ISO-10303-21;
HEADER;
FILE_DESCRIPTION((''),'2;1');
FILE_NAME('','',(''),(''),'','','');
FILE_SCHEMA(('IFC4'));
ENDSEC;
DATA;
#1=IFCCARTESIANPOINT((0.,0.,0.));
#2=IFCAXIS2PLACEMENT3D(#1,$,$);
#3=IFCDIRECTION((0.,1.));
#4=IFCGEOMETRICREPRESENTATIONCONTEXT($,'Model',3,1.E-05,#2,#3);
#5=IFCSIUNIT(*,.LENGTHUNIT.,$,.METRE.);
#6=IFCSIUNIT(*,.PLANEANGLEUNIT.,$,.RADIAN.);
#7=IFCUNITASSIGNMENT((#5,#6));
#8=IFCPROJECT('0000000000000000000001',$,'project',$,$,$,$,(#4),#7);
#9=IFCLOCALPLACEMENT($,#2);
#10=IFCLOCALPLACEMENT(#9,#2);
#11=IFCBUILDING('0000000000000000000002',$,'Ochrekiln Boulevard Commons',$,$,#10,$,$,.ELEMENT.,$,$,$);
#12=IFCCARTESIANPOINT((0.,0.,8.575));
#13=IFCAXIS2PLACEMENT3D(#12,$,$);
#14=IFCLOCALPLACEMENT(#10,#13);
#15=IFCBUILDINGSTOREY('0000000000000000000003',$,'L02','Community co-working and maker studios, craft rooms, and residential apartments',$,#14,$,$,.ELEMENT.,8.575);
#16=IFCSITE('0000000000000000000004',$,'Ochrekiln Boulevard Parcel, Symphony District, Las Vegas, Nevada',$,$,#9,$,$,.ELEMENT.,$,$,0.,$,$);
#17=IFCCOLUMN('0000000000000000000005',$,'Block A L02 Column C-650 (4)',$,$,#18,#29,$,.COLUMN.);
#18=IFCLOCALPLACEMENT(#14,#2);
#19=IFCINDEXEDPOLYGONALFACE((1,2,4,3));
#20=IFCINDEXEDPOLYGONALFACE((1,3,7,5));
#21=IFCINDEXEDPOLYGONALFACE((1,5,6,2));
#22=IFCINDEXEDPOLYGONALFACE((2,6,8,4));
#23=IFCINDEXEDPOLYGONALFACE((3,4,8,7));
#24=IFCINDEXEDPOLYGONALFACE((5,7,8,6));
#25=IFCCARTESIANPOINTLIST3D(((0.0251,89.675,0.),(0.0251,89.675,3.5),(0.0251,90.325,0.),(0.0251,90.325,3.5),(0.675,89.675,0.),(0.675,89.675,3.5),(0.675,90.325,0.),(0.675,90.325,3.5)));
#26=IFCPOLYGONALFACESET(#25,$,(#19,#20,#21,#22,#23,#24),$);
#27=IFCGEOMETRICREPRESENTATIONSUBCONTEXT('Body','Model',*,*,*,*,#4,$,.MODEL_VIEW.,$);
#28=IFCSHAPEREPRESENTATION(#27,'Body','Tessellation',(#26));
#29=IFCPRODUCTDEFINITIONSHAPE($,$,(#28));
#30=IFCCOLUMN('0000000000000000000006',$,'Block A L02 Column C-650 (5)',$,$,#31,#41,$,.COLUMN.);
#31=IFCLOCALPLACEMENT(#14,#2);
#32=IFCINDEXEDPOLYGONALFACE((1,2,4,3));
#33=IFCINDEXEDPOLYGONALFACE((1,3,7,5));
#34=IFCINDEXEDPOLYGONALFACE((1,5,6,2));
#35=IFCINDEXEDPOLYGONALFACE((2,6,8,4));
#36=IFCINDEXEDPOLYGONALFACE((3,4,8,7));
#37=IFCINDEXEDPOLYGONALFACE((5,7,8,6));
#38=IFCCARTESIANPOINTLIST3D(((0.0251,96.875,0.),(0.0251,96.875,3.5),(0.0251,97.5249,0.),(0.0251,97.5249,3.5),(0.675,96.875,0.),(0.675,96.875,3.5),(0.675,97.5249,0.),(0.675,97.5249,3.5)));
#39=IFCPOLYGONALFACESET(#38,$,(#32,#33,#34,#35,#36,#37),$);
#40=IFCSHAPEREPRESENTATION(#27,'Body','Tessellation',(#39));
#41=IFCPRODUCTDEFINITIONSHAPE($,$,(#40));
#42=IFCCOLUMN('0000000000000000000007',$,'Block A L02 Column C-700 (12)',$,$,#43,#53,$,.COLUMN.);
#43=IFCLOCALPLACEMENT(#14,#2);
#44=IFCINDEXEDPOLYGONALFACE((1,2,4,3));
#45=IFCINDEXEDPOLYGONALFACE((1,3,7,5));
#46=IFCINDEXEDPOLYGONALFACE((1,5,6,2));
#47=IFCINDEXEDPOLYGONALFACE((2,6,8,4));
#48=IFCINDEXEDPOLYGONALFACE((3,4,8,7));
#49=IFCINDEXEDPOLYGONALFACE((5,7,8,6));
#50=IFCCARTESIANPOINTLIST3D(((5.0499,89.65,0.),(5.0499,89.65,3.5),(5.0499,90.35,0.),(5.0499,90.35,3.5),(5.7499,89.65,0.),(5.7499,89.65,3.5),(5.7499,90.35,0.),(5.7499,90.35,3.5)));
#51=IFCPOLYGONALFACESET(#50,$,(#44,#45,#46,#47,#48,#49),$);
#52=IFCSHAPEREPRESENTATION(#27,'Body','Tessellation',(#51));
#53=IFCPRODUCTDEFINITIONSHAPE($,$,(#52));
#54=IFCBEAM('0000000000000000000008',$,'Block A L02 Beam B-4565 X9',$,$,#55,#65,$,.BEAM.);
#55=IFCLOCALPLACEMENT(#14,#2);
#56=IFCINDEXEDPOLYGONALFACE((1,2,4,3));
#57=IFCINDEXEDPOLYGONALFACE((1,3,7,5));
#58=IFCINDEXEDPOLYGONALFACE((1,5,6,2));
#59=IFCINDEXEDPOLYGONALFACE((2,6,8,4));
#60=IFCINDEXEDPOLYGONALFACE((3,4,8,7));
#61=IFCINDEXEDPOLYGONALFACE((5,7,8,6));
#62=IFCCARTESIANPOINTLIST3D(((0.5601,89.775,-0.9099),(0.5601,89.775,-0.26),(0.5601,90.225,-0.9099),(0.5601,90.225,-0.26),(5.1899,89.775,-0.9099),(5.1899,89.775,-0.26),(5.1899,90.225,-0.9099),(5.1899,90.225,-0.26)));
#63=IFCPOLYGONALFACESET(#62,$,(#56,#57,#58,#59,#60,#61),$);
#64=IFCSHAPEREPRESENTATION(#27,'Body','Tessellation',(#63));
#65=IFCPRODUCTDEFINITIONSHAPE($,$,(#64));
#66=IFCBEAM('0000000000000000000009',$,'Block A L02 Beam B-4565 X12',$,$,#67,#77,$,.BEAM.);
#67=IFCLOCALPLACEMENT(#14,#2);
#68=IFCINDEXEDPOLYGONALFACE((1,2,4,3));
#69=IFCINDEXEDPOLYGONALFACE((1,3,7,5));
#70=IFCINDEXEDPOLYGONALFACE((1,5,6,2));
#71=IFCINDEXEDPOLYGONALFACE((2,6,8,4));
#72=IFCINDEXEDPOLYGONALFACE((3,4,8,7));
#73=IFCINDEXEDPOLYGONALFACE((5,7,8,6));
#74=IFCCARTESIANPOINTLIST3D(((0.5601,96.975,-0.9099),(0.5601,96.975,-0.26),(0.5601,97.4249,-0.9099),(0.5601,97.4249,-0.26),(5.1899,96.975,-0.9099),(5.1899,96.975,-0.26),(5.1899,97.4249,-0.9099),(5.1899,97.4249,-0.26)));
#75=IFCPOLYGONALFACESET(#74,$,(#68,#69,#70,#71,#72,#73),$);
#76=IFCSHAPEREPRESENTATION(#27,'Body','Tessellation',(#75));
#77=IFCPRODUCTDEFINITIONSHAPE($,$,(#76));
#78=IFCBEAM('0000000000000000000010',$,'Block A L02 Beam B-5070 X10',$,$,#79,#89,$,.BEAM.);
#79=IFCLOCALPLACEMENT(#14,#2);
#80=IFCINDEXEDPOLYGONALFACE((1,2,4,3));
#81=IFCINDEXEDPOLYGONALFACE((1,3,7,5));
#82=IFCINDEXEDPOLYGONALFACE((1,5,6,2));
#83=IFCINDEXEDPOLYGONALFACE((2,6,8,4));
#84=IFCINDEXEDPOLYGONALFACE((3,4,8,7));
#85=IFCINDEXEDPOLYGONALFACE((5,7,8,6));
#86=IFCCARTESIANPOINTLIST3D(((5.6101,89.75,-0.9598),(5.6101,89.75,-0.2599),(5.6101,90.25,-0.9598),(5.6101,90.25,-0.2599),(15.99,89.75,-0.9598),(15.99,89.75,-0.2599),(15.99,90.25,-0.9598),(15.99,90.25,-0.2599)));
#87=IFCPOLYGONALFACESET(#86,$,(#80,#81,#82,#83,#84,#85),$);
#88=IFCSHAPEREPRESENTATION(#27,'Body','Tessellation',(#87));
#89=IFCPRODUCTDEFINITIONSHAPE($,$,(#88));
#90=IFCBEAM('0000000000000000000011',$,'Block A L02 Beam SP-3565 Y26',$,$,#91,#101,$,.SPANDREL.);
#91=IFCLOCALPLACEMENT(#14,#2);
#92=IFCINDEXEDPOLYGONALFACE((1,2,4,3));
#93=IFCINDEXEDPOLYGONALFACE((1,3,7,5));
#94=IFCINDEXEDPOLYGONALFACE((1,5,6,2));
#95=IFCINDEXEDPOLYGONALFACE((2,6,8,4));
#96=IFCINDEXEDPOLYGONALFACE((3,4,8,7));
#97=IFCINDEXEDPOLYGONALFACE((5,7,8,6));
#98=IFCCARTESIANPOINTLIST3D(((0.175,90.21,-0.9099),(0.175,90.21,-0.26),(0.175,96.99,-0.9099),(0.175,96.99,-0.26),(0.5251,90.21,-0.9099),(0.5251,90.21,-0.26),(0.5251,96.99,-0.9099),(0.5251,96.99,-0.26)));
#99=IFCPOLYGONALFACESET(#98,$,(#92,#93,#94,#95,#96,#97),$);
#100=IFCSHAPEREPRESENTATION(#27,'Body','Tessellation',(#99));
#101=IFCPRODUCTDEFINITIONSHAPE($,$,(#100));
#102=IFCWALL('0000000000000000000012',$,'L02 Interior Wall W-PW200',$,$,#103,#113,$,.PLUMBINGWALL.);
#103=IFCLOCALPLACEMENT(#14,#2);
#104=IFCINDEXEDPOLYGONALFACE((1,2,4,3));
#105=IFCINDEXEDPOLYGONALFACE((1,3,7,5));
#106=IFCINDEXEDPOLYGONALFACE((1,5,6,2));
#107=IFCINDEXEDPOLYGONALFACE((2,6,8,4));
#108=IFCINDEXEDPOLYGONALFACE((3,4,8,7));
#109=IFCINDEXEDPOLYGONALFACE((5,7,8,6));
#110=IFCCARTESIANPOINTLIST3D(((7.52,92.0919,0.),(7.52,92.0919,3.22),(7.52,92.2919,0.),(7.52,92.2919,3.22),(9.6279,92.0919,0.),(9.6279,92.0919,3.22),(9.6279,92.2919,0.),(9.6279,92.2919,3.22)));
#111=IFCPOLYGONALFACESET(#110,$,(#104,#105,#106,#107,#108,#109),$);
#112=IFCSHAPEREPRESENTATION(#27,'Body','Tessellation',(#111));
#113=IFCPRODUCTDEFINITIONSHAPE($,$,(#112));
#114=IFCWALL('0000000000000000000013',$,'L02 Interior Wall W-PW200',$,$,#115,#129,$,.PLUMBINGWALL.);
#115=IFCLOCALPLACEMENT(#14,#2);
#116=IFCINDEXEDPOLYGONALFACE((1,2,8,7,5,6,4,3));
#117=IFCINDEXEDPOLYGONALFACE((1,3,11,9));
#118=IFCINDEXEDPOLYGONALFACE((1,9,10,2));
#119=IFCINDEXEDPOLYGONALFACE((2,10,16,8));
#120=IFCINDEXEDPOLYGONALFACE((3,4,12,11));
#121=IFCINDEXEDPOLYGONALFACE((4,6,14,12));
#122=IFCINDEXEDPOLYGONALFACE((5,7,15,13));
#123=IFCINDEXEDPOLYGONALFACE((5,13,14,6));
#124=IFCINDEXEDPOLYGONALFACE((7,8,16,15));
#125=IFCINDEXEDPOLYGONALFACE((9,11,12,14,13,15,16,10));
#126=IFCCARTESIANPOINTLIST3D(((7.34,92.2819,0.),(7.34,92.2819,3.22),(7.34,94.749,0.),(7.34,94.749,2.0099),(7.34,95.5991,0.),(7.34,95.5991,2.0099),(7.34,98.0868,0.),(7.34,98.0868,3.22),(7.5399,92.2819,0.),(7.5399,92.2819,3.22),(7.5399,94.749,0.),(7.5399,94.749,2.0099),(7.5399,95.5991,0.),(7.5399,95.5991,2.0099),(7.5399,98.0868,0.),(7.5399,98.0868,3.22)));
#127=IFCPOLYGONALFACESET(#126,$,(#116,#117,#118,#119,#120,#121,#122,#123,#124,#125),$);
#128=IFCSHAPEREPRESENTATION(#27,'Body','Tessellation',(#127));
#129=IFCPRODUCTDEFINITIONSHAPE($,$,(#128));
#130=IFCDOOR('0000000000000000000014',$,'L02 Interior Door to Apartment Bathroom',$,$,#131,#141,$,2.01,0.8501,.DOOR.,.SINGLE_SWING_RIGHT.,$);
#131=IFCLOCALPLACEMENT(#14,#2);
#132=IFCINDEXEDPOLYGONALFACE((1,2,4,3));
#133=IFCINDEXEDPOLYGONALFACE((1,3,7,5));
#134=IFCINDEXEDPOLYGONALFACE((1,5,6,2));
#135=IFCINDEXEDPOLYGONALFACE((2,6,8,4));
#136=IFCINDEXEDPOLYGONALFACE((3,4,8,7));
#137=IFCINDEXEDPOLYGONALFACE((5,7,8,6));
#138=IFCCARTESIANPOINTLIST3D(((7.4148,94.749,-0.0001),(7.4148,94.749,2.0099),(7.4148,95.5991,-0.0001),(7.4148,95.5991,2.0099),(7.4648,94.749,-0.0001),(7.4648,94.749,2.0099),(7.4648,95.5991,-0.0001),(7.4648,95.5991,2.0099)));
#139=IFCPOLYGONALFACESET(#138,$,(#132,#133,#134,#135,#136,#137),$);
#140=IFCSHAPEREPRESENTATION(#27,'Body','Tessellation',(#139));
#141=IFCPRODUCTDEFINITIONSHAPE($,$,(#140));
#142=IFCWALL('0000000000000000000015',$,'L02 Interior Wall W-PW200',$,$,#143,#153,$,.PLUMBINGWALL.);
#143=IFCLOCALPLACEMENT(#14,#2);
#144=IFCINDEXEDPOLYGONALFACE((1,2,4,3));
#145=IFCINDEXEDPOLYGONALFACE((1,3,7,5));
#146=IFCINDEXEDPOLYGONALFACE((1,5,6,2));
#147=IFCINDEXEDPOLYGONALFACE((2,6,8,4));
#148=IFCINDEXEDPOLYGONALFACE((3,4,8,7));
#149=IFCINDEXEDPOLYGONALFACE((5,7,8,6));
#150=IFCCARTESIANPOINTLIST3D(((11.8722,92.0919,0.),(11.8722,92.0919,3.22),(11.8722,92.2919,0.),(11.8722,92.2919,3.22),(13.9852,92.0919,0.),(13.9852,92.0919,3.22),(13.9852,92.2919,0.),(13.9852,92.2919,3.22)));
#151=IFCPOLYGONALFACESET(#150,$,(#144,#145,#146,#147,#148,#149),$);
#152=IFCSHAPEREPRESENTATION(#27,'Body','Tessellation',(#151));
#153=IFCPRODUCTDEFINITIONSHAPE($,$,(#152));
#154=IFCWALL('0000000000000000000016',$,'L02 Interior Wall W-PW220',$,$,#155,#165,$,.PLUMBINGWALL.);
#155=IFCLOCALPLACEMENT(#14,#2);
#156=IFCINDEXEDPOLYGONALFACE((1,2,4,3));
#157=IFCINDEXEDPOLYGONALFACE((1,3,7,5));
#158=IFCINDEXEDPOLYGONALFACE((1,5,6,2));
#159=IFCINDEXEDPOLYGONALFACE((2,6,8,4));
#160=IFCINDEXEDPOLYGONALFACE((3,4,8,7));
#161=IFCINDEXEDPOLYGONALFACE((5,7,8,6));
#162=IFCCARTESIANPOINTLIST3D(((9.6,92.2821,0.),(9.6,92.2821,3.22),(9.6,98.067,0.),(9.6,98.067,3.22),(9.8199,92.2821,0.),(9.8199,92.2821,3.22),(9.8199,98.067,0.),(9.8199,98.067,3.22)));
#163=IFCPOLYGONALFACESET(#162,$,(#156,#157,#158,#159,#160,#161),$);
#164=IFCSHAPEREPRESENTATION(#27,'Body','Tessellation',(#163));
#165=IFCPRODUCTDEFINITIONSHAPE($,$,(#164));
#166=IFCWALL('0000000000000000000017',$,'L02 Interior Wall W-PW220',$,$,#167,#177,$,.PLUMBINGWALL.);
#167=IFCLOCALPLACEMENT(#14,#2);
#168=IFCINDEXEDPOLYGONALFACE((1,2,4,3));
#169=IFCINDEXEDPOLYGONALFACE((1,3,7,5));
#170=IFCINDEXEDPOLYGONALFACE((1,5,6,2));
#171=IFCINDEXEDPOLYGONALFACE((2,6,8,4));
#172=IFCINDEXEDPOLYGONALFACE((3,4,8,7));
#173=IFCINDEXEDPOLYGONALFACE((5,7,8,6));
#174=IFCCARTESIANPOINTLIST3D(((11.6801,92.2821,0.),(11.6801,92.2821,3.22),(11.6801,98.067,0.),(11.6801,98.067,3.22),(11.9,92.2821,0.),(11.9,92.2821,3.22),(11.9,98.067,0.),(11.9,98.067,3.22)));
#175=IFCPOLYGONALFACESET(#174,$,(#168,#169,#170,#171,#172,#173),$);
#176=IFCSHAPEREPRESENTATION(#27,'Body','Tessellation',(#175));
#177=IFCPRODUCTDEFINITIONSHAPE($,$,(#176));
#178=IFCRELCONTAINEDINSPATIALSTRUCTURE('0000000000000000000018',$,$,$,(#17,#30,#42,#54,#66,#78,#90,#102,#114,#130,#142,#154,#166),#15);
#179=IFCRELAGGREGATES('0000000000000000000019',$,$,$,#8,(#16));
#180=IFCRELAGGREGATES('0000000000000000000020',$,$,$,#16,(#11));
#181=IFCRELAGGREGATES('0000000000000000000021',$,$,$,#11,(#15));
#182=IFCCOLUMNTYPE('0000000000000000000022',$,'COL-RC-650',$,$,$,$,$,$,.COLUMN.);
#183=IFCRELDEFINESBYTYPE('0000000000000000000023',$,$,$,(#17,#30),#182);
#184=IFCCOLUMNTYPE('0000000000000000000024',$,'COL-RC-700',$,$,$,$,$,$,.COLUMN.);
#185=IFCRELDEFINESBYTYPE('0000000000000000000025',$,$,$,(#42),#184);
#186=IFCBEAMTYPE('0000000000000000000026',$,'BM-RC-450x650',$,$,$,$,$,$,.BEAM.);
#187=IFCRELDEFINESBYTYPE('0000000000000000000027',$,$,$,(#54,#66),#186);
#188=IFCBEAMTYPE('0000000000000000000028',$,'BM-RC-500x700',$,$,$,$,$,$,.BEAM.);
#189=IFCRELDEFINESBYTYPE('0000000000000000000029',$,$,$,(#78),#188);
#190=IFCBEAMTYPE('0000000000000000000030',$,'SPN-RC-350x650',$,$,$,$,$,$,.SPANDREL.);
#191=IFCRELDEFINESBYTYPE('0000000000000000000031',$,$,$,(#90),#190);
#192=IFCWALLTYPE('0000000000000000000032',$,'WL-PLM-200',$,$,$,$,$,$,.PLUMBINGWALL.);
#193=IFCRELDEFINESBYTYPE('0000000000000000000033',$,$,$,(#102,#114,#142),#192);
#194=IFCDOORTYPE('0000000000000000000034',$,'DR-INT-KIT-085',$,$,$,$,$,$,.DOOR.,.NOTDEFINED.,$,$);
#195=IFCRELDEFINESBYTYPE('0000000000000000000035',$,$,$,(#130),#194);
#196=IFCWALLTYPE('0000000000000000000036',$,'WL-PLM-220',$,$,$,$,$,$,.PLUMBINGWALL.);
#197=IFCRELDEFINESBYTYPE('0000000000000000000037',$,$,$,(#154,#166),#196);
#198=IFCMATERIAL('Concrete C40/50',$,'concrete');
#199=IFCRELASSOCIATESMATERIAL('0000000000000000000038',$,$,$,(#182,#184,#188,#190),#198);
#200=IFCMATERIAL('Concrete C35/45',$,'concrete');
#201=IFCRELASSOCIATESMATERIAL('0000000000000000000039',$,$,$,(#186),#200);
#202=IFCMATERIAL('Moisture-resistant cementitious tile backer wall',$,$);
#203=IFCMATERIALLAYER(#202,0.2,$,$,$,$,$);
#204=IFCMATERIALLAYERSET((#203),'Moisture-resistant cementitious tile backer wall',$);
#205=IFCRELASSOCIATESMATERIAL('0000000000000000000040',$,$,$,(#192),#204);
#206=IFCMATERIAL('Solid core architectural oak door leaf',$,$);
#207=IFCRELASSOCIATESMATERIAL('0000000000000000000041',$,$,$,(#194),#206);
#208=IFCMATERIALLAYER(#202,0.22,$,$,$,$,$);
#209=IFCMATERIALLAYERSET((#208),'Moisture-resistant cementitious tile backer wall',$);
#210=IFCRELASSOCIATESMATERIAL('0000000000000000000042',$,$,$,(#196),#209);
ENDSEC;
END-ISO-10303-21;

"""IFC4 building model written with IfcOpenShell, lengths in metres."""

from ifc_helpers import new_model, si_unit, direction, frame, frame_2d, origin, origin_2d, place, context, subcontext, project, spatial, rectangle, extrude, material, layer, layer_set, material_profile, profile_set, type_object, element, fill, save


model = new_model("IFC4")

# Units and contexts
model_context = context("Model", 3, precision=1e-05, world=origin(), true_north=direction((0.0, 1.0)))
body_context = subcontext(model_context, "Body", "Model", "MODEL_VIEW")
ifc_project = project(units=[si_unit("LENGTHUNIT", "METRE"), si_unit("PLANEANGLEUNIT", "RADIAN")], contexts=[model_context])

# Site, building, storey
site_placement = place(None, origin())
site = spatial("IfcSite", under=ifc_project, at=site_placement, Name="Ochrekiln Boulevard Parcel, Symphony District, Las Vegas, Nevada", CompositionType="ELEMENT", RefElevation=0.0)
building_placement = place(site_placement, origin())
building = spatial("IfcBuilding", under=site, at=building_placement, Name="Ochrekiln Boulevard Commons", CompositionType="ELEMENT")
storey_placement = place(building_placement, frame((0.0, 0.0, 8.575)))
storey = spatial("IfcBuildingStorey", under=building, at=storey_placement, Name="L02", Description="Community co-working and maker studios, craft rooms, and residential apartments", CompositionType="ELEMENT", Elevation=8.575)

# Columns
ifc_material_1 = material(Name="Concrete C40/50", Category="concrete")
ifc_material_profile_1 = material_profile(ifc_material_1, rectangle(XDim=0.6499, YDim=0.6499, at=origin_2d()), Name="RC-COL-650x650")
ifc_profile_set_1 = profile_set([ifc_material_profile_1], Name="Concrete C40/50")
column_type_1 = type_object("IfcColumnType", Name="COL-RC-650", PredefinedType="COLUMN", material=ifc_profile_set_1)
for number, where, z_axis, x_axis, name in (
    (1, (0.3501, 90.0, 0.0), (0.0, 0.0, 1.0), (1.0, 0.0, 0.0), "Block A L02 Column C-650 (4)"),
    (2, (0.3501, 97.2, 0.0), (0.0, 0.0, 1.0), (1.0, 0.0, 0.0), "Block A L02 Column C-650 (5)"),
):
    element("IfcColumn", number, at=place(storey_placement, frame(where, z_axis=z_axis, x_axis=x_axis)), inside=storey, type_object=column_type_1, Name=name, PredefinedType="COLUMN", context=body_context, shape_type="SweptSolid", body=[
        extrude(rectangle(XDim=0.6499, YDim=0.6499, at=origin_2d()), origin(), (0.0, 0.0, 1.0), 3.5),
    ])
ifc_material_profile_2 = material_profile(ifc_material_1, rectangle(XDim=0.7, YDim=0.7, at=origin_2d()), Name="RC-COL-700x700")
ifc_profile_set_2 = profile_set([ifc_material_profile_2], Name="Concrete C40/50")
column_type_2 = type_object("IfcColumnType", Name="COL-RC-700", PredefinedType="COLUMN", material=ifc_profile_set_2)
column_placement = place(storey_placement, frame((5.3999, 90.0, 0.0), z_axis=(0.0, 0.0, 1.0), x_axis=(1.0, 0.0, 0.0)))
element("IfcColumn", 3, at=column_placement, inside=storey, type_object=column_type_2, Name="Block A L02 Column C-700 (12)", PredefinedType="COLUMN", context=body_context, shape_type="SweptSolid", body=[
    extrude(rectangle(XDim=0.7, YDim=0.7, at=origin_2d()), origin(), (0.0, 0.0, 1.0), 3.5),
])

# Beams
ifc_material_2 = material(Name="Concrete C35/45", Category="concrete")
ifc_material_profile_3 = material_profile(ifc_material_2, rectangle(XDim=0.45, YDim=0.6499, at=origin_2d()), Name="RC-BM-450x650")
ifc_profile_set_3 = profile_set([ifc_material_profile_3], Name="Concrete C35/45")
beam_type_1 = type_object("IfcBeamType", Name="BM-RC-450x650", PredefinedType="BEAM", material=ifc_profile_set_3)
for number, where, z_axis, x_axis, name in (
    (4, (0.5601, 90.0, -0.585), (1.0, 0.0, 0.0), (0.0, 1.0, 0.0), "Block A L02 Beam B-4565 X9"),
    (5, (0.5601, 97.2, -0.585), (1.0, 0.0, 0.0), (0.0, 1.0, 0.0), "Block A L02 Beam B-4565 X12"),
):
    element("IfcBeam", number, at=place(storey_placement, frame(where, z_axis=z_axis, x_axis=x_axis)), inside=storey, type_object=beam_type_1, Name=name, PredefinedType="BEAM", context=body_context, shape_type="SweptSolid", body=[
        extrude(rectangle(XDim=0.45, YDim=0.6499, at=origin_2d()), origin(), (0.0, 0.0, 1.0), 4.6299),
    ])
ifc_material_profile_4 = material_profile(ifc_material_1, rectangle(XDim=0.5, YDim=0.7, at=origin_2d()), Name="RC-BM-500x700")
ifc_profile_set_4 = profile_set([ifc_material_profile_4], Name="Concrete C40/50")
beam_type_2 = type_object("IfcBeamType", Name="BM-RC-500x700", PredefinedType="BEAM", material=ifc_profile_set_4)
beam_1_placement = place(storey_placement, frame((5.6101, 90.0, -0.6099), z_axis=(1.0, 0.0, 0.0), x_axis=(0.0, 1.0, 0.0)))
element("IfcBeam", 6, at=beam_1_placement, inside=storey, type_object=beam_type_2, Name="Block A L02 Beam B-5070 X10", PredefinedType="BEAM", context=body_context, shape_type="SweptSolid", body=[
    extrude(rectangle(XDim=0.5, YDim=0.7, at=origin_2d()), origin(), (0.0, 0.0, 1.0), 10.3799),
])
ifc_material_profile_5 = material_profile(ifc_material_1, rectangle(XDim=0.3501, YDim=0.6499, at=origin_2d()), Name="RC-SPN-350x650")
ifc_profile_set_5 = profile_set([ifc_material_profile_5], Name="Concrete C40/50")
beam_type_3 = type_object("IfcBeamType", Name="SPN-RC-350x650", PredefinedType="SPANDREL", material=ifc_profile_set_5)
beam_2_placement = place(storey_placement, frame((0.3501, 90.21, -0.585), z_axis=(0.0, 1.0, 0.0), x_axis=(-1.0, 0.0, 0.0)))
element("IfcBeam", 7, at=beam_2_placement, inside=storey, type_object=beam_type_3, Name="Block A L02 Beam SP-3565 Y26", PredefinedType="SPANDREL", context=body_context, shape_type="SweptSolid", body=[
    extrude(rectangle(XDim=0.3501, YDim=0.6499, at=origin_2d()), origin(), (0.0, 0.0, 1.0), 6.78),
])

# Wall
ifc_material_3 = material(Name="Moisture-resistant cementitious tile backer wall")
ifc_layer_1 = layer(ifc_material_3, 0.2)
ifc_layer_set_1 = layer_set([ifc_layer_1], Name="Moisture-resistant cementitious tile backer wall")
wall_type_1 = type_object("IfcWallType", Name="WL-PLM-200", PredefinedType="PLUMBINGWALL", material=ifc_layer_set_1)
wall_1_placement = place(storey_placement, frame((7.52, 92.1919, 0.0), z_axis=(0.0, 0.0, 1.0), x_axis=(1.0, 0.0, 0.0)))
element("IfcWall", 8, at=wall_1_placement, inside=storey, type_object=wall_type_1, Name="L02 Interior Wall W-PW200", PredefinedType="PLUMBINGWALL", context=body_context, shape_type="SweptSolid", body=[
    extrude(rectangle(XDim=2.1079, YDim=0.2, at=frame_2d((1.054, 0.0))), origin(), (0.0, 0.0, 1.0), 3.22),
])

# Wall, opening, door
wall_2_placement = place(storey_placement, frame((7.4399, 92.282, 0.0), z_axis=(0.0, 0.0, 1.0), x_axis=(0.0, 1.0, 0.0)))
wall_2 = element("IfcWall", 9, at=wall_2_placement, inside=storey, type_object=wall_type_1, Name="L02 Interior Wall W-PW200", PredefinedType="PLUMBINGWALL", context=body_context, shape_type="SweptSolid", body=[
    extrude(rectangle(XDim=5.8049, YDim=0.2, at=frame_2d((2.9023, 0.0))), origin(), (0.0, 0.0, 1.0), 3.22),
])
opening_1_placement = place(wall_2_placement, frame((2.467, 0.0, 0.0)))
opening_1 = element("IfcOpeningElement", 10, at=opening_1_placement, cuts=wall_2, PredefinedType="OPENING", context=body_context, shape_type="SweptSolid", body=[
    extrude(rectangle(XDim=0.8501, YDim=2.01, at=frame_2d((0.425, 1.0049))), frame((0.0, 0.1099, 0.0), z_axis=(0.0, -1.0, 0.0), x_axis=(1.0, 0.0, 0.0)), (0.0, 0.0, 1.0), 0.22),
])
ifc_material_4 = material(Name="Solid core architectural oak door leaf")
door_type_1 = type_object("IfcDoorType", Name="DR-INT-KIT-085", OperationType="NOTDEFINED", PredefinedType="DOOR", material=ifc_material_4)
door_1_placement = place(opening_1_placement, frame((0.8501, 0.0, 0.0), z_axis=(0.0, 0.0, 1.0), x_axis=(-1.0, 0.0, 0.0)))
door_1 = element("IfcDoor", 11, at=door_1_placement, inside=storey, type_object=door_type_1, Name="L02 Interior Door to Apartment Bathroom", OperationType="SINGLE_SWING_RIGHT", OverallHeight=2.01, OverallWidth=0.8501, PredefinedType="DOOR", context=body_context, shape_type="SweptSolid", body=[
    extrude(rectangle(XDim=0.8501, YDim=2.01, at=frame_2d((0.425, 1.0049))), frame((0.0, 0.0249, 0.0), z_axis=(0.0, -1.0, 0.0), x_axis=(1.0, 0.0, 0.0)), (0.0, 0.0, 1.0), 0.05),
])
fill(opening_1, door_1)

# Walls
wall_3_placement = place(storey_placement, frame((11.8721, 92.1919, 0.0), z_axis=(0.0, 0.0, 1.0), x_axis=(1.0, 0.0, 0.0)))
element("IfcWall", 12, at=wall_3_placement, inside=storey, type_object=wall_type_1, Name="L02 Interior Wall W-PW200", PredefinedType="PLUMBINGWALL", context=body_context, shape_type="SweptSolid", body=[
    extrude(rectangle(XDim=2.113, YDim=0.2, at=frame_2d((1.0566, 0.0))), origin(), (0.0, 0.0, 1.0), 3.22),
])
ifc_layer_2 = layer(ifc_material_3, 0.22)
ifc_layer_set_2 = layer_set([ifc_layer_2], Name="Moisture-resistant cementitious tile backer wall")
wall_type_2 = type_object("IfcWallType", Name="WL-PLM-220", PredefinedType="PLUMBINGWALL", material=ifc_layer_set_2)
for number, where, z_axis, x_axis, name in (
    (13, (9.71, 92.282, 0.0), (0.0, 0.0, 1.0), (0.0, 1.0, 0.0), "L02 Interior Wall W-PW220"),
    (14, (11.79, 92.282, 0.0), (0.0, 0.0, 1.0), (0.0, 1.0, 0.0), "L02 Interior Wall W-PW220"),
):
    element("IfcWall", number, at=place(storey_placement, frame(where, z_axis=z_axis, x_axis=x_axis)), inside=storey, type_object=wall_type_2, Name=name, PredefinedType="PLUMBINGWALL", context=body_context, shape_type="SweptSolid", body=[
        extrude(rectangle(XDim=5.7849, YDim=0.22, at=frame_2d((2.8926, 0.0))), origin(), (0.0, 0.0, 1.0), 3.22),
    ])

save(model, "model.ifc")
